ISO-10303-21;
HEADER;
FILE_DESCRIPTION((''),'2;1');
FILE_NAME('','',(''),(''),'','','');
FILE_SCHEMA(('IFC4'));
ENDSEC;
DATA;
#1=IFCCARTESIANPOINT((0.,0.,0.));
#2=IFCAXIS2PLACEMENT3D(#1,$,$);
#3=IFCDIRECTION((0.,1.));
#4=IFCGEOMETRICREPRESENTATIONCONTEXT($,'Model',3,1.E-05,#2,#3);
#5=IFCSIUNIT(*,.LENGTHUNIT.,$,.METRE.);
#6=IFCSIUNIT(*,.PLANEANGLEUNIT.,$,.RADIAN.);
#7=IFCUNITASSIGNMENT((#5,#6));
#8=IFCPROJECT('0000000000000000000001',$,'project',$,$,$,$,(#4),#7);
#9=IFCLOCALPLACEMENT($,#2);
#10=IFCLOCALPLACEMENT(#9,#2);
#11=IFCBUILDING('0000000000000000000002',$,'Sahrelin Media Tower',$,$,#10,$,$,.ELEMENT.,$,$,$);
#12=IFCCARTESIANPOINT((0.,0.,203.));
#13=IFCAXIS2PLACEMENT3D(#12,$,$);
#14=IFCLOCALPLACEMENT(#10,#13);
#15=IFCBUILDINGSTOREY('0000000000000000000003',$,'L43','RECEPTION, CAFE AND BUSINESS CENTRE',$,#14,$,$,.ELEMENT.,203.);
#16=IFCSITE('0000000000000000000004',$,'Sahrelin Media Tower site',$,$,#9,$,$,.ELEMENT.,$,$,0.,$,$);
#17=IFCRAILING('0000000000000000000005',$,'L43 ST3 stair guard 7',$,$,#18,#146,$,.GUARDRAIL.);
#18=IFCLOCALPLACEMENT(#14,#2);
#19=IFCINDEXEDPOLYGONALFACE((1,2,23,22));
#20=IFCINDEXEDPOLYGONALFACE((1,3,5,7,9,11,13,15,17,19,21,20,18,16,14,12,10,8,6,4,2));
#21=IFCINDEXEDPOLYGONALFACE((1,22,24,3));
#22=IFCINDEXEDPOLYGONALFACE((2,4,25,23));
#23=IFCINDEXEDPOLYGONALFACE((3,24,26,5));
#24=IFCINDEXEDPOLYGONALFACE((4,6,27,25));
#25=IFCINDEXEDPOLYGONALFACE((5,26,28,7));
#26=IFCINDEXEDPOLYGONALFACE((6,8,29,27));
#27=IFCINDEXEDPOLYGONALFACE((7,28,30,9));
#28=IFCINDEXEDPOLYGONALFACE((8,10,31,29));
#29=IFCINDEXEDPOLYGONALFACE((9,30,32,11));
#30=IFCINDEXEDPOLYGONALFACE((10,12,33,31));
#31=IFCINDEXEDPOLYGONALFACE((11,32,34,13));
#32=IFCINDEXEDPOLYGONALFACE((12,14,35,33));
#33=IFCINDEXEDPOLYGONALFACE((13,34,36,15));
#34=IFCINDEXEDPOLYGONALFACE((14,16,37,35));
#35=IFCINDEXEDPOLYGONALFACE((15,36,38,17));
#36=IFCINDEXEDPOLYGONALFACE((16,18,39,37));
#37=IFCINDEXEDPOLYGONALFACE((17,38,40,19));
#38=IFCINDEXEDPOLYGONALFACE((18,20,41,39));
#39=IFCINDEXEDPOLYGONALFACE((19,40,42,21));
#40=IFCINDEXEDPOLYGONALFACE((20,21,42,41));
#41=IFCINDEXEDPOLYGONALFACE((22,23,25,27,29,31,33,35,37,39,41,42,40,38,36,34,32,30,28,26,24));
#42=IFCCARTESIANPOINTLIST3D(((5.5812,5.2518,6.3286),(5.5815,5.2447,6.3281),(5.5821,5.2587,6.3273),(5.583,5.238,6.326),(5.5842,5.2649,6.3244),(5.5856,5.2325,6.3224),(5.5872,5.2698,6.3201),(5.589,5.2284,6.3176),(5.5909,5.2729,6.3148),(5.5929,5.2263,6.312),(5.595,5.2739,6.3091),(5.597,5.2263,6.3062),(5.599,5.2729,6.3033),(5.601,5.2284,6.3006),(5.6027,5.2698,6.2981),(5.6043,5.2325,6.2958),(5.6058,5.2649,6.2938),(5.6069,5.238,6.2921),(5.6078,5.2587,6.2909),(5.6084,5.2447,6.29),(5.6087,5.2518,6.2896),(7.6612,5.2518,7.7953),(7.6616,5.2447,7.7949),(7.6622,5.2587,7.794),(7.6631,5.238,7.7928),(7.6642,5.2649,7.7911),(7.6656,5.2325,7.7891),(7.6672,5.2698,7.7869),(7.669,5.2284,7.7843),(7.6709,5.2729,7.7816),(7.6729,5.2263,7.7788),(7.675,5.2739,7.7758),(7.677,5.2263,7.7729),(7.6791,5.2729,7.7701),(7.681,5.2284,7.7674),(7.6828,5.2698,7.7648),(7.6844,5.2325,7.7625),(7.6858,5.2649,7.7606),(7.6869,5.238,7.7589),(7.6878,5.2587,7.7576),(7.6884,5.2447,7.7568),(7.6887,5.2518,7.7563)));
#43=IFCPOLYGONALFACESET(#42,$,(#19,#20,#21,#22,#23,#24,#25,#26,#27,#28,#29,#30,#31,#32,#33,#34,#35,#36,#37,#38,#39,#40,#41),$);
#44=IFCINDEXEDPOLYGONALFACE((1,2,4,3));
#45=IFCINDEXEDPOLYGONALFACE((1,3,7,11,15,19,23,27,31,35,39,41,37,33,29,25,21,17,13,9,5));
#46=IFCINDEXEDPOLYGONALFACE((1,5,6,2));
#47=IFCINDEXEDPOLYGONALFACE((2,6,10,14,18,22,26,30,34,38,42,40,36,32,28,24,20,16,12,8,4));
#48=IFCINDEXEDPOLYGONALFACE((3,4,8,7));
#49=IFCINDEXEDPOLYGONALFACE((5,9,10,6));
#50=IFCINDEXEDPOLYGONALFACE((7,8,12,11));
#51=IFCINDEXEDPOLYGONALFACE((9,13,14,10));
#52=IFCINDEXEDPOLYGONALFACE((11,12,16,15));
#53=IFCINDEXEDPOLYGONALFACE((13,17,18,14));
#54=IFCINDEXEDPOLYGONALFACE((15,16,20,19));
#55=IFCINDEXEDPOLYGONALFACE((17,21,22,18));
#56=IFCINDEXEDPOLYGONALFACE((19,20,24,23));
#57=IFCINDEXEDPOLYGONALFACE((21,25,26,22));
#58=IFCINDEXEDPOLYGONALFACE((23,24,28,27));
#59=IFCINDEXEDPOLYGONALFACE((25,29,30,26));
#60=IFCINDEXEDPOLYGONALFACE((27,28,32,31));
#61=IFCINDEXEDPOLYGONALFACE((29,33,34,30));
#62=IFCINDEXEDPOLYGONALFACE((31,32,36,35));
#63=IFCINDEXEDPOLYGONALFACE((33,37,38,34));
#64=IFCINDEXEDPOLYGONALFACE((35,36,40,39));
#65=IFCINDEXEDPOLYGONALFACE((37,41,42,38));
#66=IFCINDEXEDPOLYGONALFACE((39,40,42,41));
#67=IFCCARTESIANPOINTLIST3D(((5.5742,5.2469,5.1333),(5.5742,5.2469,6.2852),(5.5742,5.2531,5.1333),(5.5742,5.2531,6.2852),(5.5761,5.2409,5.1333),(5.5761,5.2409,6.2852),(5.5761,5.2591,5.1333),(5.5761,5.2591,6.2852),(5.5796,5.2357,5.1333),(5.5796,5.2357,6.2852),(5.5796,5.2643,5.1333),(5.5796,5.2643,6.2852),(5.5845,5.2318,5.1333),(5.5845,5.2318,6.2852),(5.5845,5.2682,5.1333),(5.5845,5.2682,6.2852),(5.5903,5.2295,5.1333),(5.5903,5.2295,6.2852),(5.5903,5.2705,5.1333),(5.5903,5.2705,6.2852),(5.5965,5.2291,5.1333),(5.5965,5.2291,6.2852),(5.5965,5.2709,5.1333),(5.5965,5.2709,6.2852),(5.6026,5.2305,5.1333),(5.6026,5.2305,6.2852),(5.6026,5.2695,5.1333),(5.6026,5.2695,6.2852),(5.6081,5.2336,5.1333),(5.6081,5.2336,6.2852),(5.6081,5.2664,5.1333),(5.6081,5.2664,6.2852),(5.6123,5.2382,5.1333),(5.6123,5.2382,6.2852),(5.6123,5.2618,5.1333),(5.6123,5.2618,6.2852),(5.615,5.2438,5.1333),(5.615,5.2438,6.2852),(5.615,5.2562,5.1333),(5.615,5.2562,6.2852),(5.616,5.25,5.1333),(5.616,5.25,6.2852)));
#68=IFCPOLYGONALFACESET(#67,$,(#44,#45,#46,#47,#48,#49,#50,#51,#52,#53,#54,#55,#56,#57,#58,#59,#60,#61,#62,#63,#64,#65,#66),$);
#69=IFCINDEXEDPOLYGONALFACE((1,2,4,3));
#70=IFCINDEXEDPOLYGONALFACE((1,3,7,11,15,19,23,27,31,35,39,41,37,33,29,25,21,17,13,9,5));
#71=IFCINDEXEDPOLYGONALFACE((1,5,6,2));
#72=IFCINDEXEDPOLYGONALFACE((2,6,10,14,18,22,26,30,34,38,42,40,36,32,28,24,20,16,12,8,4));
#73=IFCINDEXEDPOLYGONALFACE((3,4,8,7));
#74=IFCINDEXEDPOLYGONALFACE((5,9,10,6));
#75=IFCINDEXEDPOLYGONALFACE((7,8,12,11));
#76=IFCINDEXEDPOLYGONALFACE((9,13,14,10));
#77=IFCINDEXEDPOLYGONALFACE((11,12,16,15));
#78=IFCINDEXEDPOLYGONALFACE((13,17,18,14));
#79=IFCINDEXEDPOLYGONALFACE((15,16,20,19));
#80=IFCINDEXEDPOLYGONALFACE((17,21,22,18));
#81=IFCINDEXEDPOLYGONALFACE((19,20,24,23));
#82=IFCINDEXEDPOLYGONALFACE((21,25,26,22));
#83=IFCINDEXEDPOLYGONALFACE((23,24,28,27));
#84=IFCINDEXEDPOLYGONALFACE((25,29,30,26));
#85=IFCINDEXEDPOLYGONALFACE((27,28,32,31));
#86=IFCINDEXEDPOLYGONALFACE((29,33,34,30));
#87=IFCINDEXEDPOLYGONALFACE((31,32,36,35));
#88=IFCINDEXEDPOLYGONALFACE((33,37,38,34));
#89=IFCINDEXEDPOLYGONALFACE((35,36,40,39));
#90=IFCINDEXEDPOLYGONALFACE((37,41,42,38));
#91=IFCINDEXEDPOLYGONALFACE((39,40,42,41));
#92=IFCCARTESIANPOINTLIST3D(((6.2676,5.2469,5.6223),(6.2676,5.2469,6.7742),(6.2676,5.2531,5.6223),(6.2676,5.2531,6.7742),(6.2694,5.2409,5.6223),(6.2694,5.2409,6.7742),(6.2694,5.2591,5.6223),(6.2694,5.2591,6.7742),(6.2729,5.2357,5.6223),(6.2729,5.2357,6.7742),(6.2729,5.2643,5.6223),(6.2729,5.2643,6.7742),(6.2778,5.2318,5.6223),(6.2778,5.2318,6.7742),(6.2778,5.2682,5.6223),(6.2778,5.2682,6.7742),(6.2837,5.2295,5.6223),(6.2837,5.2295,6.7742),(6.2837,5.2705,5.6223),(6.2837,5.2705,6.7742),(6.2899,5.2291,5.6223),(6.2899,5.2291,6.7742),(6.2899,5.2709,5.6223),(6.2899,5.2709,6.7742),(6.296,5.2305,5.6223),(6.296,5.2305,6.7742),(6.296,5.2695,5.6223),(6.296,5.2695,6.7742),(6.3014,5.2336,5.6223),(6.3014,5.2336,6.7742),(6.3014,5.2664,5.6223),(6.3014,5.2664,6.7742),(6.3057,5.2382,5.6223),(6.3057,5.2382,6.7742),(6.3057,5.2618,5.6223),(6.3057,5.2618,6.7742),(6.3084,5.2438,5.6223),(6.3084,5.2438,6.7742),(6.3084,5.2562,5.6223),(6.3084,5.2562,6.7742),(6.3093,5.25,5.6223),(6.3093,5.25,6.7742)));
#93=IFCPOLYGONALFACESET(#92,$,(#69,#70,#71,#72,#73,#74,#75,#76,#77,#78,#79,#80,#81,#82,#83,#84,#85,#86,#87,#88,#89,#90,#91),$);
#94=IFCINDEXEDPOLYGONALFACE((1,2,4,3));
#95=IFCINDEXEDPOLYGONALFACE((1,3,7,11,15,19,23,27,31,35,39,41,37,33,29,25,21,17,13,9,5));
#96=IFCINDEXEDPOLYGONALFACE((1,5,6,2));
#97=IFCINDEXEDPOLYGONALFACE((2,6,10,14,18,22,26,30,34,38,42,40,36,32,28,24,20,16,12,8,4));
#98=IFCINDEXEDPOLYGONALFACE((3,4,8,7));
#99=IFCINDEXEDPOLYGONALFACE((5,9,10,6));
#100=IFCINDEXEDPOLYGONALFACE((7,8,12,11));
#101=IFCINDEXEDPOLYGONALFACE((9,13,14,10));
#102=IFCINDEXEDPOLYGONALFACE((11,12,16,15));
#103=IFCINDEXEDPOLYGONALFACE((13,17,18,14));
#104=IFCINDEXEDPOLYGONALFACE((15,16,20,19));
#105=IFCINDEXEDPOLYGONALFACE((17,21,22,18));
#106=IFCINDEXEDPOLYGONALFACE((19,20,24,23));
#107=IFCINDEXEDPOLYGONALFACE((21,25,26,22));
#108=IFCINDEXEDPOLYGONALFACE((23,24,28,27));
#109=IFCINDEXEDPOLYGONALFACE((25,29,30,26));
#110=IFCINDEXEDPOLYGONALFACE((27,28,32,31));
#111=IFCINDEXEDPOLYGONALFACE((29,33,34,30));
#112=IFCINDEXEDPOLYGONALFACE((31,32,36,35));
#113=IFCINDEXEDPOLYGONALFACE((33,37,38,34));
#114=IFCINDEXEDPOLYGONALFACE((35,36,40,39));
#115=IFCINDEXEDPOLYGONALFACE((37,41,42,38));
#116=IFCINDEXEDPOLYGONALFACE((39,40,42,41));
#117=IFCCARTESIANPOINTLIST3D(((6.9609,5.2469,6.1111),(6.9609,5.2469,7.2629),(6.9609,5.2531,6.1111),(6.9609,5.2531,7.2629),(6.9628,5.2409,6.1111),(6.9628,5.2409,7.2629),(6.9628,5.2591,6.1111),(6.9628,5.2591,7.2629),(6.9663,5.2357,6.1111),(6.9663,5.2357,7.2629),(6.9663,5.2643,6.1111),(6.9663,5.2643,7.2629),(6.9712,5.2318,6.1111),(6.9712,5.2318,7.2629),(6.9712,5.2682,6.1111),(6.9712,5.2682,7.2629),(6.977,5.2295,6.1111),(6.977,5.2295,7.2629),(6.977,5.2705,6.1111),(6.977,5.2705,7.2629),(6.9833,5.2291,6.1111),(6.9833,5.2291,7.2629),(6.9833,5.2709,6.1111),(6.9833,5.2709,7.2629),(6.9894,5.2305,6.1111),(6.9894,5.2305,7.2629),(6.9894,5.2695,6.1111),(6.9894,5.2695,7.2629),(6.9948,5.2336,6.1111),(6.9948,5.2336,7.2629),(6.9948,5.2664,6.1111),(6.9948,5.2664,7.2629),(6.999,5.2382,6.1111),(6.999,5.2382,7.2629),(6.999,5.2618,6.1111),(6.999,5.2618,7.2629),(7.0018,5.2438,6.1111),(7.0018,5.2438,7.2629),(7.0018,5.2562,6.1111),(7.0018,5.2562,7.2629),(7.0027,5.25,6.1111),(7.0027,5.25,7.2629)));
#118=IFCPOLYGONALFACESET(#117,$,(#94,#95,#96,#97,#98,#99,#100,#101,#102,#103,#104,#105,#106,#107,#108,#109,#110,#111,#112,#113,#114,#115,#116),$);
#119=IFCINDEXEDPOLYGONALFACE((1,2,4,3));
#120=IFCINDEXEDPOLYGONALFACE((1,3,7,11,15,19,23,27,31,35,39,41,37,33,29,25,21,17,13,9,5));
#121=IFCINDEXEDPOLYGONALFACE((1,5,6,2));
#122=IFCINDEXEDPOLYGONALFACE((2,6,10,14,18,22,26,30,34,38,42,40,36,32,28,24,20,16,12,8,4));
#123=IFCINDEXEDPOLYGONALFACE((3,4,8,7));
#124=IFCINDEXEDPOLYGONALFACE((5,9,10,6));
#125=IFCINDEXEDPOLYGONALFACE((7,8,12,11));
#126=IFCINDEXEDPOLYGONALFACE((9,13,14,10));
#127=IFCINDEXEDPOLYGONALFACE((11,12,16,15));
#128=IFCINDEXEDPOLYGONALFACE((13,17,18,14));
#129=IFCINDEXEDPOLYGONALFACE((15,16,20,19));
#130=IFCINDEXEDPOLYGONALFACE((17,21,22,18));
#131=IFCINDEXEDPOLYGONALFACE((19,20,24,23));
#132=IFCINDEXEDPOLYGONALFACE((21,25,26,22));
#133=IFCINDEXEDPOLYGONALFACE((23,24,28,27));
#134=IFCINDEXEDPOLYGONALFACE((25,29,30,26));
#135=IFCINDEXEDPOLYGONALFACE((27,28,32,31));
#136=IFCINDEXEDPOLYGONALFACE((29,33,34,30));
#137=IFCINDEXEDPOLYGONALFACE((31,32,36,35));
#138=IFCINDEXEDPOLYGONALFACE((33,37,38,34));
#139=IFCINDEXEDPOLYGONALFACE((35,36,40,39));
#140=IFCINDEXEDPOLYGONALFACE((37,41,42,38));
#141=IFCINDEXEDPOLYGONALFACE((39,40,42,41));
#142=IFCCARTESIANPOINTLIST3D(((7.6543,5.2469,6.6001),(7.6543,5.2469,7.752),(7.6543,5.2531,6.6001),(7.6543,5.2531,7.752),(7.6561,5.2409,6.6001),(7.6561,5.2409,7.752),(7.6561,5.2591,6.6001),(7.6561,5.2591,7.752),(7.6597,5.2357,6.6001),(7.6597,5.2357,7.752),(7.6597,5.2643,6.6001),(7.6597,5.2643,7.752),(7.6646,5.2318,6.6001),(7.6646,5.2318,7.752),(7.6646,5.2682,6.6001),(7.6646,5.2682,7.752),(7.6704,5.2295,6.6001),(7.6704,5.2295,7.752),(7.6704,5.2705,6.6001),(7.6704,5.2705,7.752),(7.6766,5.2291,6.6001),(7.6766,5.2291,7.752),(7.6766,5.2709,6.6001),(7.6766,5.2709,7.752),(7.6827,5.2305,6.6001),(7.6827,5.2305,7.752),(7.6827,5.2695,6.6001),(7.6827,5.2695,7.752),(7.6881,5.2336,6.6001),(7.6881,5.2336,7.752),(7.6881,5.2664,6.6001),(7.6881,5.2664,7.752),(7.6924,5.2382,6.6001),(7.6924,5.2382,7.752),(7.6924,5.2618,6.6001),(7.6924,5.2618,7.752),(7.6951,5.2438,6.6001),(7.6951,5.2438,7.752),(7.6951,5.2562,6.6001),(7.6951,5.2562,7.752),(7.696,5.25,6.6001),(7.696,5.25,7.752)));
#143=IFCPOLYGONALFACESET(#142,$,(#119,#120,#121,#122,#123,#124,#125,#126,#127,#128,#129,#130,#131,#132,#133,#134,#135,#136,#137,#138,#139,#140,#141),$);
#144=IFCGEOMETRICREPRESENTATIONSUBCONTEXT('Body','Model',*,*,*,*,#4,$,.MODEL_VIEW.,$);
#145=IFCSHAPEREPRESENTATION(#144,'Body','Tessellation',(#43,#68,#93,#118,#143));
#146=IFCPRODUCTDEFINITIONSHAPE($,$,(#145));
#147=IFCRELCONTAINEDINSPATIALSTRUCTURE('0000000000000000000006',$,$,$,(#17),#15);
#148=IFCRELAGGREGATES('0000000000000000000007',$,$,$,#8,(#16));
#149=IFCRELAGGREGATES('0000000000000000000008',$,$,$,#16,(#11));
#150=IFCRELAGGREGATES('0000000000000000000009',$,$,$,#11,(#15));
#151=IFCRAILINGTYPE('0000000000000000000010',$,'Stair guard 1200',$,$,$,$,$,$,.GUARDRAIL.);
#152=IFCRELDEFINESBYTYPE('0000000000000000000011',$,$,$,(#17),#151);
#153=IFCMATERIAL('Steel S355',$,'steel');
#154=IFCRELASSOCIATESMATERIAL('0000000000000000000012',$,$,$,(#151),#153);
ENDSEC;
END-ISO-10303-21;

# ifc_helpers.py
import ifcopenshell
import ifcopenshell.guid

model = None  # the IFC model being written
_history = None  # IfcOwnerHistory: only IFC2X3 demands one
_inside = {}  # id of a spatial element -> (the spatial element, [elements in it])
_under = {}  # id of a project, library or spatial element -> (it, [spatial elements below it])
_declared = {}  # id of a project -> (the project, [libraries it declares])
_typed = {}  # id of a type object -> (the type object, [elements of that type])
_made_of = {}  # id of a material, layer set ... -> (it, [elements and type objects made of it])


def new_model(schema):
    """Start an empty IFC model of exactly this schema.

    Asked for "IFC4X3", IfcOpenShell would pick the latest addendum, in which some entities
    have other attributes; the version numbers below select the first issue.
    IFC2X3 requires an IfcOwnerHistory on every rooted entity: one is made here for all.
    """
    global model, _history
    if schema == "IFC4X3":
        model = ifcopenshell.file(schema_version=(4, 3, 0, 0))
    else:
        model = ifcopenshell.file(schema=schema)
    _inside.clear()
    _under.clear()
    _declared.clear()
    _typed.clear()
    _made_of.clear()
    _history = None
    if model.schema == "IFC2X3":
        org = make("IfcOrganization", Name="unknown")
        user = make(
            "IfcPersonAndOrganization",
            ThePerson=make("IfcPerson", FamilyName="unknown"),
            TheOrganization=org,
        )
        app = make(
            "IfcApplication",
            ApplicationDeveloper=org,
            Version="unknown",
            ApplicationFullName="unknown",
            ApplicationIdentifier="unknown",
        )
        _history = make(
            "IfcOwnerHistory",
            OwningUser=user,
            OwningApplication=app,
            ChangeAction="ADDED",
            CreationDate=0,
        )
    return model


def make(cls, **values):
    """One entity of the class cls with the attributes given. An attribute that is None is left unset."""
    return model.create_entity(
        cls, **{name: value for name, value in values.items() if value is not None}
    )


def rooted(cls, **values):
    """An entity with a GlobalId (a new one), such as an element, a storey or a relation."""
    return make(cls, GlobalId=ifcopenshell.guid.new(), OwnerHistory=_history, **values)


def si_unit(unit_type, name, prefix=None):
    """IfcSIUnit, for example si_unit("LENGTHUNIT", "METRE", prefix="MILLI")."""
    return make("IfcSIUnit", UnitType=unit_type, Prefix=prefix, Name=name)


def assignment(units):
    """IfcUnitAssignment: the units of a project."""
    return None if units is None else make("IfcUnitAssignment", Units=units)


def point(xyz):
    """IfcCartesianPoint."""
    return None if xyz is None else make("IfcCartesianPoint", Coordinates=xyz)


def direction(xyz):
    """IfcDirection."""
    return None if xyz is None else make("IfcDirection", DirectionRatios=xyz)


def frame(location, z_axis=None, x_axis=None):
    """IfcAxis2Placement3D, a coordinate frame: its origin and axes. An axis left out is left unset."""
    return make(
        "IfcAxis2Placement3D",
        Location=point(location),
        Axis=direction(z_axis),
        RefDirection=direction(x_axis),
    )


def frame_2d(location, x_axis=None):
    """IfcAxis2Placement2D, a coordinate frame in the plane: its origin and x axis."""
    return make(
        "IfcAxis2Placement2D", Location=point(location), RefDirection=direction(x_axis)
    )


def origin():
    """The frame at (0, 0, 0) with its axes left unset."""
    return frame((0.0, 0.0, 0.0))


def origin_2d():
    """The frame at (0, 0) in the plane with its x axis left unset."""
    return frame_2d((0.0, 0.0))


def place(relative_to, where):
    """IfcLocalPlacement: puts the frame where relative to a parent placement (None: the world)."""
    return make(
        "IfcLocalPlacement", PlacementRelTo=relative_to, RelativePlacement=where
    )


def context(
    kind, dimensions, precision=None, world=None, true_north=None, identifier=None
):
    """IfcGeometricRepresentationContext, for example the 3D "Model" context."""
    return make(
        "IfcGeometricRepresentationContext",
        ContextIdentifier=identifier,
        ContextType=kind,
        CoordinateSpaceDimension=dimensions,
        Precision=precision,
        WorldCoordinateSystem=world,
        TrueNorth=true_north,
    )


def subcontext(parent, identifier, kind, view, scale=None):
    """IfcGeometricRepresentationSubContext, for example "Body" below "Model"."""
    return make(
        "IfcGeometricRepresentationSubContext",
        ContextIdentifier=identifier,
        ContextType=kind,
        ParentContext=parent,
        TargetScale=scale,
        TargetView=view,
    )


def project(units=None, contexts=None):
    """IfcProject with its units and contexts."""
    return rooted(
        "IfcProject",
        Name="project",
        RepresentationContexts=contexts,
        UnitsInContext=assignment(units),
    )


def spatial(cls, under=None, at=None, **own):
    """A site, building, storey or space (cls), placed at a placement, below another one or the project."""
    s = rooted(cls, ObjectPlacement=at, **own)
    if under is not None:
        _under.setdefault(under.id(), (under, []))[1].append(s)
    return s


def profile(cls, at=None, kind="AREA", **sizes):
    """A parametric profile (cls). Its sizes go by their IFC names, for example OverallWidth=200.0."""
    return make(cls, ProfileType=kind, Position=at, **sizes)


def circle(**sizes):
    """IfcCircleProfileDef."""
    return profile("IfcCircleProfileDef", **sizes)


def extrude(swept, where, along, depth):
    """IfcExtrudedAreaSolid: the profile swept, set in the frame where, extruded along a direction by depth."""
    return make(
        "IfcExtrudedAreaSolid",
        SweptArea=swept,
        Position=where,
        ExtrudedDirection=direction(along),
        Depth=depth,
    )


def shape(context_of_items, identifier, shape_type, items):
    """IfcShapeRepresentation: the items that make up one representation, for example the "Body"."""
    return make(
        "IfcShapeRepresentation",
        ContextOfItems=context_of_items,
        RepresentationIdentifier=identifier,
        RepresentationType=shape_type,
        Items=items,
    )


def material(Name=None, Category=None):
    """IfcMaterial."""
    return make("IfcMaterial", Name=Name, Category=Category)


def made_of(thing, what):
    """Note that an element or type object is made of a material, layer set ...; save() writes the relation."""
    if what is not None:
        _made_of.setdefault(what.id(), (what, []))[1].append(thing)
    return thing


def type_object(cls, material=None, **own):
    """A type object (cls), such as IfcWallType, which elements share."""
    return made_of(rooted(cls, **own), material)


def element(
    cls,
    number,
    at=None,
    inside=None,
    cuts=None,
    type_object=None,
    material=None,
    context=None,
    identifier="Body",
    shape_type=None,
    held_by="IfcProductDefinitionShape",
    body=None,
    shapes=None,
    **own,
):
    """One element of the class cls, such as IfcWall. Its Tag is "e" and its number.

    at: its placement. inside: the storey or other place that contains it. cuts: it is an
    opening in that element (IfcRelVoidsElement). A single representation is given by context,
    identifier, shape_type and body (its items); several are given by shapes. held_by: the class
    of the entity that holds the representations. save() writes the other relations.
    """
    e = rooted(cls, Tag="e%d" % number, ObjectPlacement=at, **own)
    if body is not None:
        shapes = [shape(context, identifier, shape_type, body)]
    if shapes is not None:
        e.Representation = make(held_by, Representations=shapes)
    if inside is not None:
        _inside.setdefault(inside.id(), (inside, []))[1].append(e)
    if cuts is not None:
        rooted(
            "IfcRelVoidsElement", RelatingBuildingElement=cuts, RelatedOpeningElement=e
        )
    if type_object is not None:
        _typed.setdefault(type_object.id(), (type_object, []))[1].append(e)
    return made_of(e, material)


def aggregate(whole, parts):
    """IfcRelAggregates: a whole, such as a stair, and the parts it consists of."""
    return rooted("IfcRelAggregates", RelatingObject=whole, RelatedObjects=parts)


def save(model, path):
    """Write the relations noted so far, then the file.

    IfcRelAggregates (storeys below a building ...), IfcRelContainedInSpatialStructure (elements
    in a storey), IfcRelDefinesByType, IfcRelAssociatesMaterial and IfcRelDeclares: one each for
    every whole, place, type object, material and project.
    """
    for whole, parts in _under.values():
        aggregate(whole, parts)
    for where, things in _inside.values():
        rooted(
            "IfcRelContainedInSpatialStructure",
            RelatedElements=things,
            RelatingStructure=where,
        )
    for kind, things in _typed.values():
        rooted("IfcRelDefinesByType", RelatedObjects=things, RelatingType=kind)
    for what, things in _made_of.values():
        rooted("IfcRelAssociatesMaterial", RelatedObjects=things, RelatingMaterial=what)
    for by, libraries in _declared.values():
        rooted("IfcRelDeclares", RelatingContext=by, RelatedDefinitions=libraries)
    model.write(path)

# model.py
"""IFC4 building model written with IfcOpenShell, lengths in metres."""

from ifc_helpers import new_model, si_unit, direction, frame, origin, origin_2d, place, context, subcontext, project, spatial, circle, extrude, material, type_object, element, save


model = new_model("IFC4")

# Units and contexts
model_context = context("Model", 3, precision=1e-05, world=origin(), true_north=direction((0.0, 1.0)))
body_context = subcontext(model_context, "Body", "Model", "MODEL_VIEW")
ifc_project = project(units=[si_unit("LENGTHUNIT", "METRE"), si_unit("PLANEANGLEUNIT", "RADIAN")], contexts=[model_context])

# Site, building, storey
site_placement = place(None, origin())
site = spatial("IfcSite", under=ifc_project, at=site_placement, Name="Sahrelin Media Tower site", CompositionType="ELEMENT", RefElevation=0.0)
building_placement = place(site_placement, origin())
building = spatial("IfcBuilding", under=site, at=building_placement, Name="Sahrelin Media Tower", CompositionType="ELEMENT")
storey_placement = place(building_placement, frame((0.0, 0.0, 203.0)))
storey = spatial("IfcBuildingStorey", under=building, at=storey_placement, Name="L43", Description="RECEPTION, CAFE AND BUSINESS CENTRE", CompositionType="ELEMENT", Elevation=203.0)

# Railing
ifc_material_1 = material(Name="Steel S355", Category="steel")
railing_type_1 = type_object("IfcRailingType", Name="Stair guard 1200", PredefinedType="GUARDRAIL", material=ifc_material_1)
railing_1_placement = place(storey_placement, frame((5.595, 5.25, 5.1333)))
element("IfcRailing", 1, at=railing_1_placement, inside=storey, type_object=railing_type_1, Name="L43 ST3 stair guard 7", PredefinedType="GUARDRAIL", context=body_context, shape_type="SweptSolid", body=[
    extrude(circle(Radius=0.0239, at=origin_2d()), frame((0.0, 0.0, 1.1758), z_axis=(0.817244, 0.0, 0.576291), x_axis=(0.0, 1.0, 0.0)), (0.0, 0.0, 1.0), 2.5452),
    extrude(circle(Radius=0.021, at=origin_2d()), origin(), (0.0, 0.0, 1.0), 1.1519),
    extrude(circle(Radius=0.021, at=origin_2d()), frame((0.6934, 0.0, 0.489)), (0.0, 0.0, 1.0), 1.1519),
    extrude(circle(Radius=0.021, at=origin_2d()), frame((1.3867, 0.0, 0.9778)), (0.0, 0.0, 1.0), 1.1519),
    extrude(circle(Radius=0.021, at=origin_2d()), frame((2.0801, 0.0, 1.4668)), (0.0, 0.0, 1.0), 1.1519),
])

save(model, "model.ifc")
